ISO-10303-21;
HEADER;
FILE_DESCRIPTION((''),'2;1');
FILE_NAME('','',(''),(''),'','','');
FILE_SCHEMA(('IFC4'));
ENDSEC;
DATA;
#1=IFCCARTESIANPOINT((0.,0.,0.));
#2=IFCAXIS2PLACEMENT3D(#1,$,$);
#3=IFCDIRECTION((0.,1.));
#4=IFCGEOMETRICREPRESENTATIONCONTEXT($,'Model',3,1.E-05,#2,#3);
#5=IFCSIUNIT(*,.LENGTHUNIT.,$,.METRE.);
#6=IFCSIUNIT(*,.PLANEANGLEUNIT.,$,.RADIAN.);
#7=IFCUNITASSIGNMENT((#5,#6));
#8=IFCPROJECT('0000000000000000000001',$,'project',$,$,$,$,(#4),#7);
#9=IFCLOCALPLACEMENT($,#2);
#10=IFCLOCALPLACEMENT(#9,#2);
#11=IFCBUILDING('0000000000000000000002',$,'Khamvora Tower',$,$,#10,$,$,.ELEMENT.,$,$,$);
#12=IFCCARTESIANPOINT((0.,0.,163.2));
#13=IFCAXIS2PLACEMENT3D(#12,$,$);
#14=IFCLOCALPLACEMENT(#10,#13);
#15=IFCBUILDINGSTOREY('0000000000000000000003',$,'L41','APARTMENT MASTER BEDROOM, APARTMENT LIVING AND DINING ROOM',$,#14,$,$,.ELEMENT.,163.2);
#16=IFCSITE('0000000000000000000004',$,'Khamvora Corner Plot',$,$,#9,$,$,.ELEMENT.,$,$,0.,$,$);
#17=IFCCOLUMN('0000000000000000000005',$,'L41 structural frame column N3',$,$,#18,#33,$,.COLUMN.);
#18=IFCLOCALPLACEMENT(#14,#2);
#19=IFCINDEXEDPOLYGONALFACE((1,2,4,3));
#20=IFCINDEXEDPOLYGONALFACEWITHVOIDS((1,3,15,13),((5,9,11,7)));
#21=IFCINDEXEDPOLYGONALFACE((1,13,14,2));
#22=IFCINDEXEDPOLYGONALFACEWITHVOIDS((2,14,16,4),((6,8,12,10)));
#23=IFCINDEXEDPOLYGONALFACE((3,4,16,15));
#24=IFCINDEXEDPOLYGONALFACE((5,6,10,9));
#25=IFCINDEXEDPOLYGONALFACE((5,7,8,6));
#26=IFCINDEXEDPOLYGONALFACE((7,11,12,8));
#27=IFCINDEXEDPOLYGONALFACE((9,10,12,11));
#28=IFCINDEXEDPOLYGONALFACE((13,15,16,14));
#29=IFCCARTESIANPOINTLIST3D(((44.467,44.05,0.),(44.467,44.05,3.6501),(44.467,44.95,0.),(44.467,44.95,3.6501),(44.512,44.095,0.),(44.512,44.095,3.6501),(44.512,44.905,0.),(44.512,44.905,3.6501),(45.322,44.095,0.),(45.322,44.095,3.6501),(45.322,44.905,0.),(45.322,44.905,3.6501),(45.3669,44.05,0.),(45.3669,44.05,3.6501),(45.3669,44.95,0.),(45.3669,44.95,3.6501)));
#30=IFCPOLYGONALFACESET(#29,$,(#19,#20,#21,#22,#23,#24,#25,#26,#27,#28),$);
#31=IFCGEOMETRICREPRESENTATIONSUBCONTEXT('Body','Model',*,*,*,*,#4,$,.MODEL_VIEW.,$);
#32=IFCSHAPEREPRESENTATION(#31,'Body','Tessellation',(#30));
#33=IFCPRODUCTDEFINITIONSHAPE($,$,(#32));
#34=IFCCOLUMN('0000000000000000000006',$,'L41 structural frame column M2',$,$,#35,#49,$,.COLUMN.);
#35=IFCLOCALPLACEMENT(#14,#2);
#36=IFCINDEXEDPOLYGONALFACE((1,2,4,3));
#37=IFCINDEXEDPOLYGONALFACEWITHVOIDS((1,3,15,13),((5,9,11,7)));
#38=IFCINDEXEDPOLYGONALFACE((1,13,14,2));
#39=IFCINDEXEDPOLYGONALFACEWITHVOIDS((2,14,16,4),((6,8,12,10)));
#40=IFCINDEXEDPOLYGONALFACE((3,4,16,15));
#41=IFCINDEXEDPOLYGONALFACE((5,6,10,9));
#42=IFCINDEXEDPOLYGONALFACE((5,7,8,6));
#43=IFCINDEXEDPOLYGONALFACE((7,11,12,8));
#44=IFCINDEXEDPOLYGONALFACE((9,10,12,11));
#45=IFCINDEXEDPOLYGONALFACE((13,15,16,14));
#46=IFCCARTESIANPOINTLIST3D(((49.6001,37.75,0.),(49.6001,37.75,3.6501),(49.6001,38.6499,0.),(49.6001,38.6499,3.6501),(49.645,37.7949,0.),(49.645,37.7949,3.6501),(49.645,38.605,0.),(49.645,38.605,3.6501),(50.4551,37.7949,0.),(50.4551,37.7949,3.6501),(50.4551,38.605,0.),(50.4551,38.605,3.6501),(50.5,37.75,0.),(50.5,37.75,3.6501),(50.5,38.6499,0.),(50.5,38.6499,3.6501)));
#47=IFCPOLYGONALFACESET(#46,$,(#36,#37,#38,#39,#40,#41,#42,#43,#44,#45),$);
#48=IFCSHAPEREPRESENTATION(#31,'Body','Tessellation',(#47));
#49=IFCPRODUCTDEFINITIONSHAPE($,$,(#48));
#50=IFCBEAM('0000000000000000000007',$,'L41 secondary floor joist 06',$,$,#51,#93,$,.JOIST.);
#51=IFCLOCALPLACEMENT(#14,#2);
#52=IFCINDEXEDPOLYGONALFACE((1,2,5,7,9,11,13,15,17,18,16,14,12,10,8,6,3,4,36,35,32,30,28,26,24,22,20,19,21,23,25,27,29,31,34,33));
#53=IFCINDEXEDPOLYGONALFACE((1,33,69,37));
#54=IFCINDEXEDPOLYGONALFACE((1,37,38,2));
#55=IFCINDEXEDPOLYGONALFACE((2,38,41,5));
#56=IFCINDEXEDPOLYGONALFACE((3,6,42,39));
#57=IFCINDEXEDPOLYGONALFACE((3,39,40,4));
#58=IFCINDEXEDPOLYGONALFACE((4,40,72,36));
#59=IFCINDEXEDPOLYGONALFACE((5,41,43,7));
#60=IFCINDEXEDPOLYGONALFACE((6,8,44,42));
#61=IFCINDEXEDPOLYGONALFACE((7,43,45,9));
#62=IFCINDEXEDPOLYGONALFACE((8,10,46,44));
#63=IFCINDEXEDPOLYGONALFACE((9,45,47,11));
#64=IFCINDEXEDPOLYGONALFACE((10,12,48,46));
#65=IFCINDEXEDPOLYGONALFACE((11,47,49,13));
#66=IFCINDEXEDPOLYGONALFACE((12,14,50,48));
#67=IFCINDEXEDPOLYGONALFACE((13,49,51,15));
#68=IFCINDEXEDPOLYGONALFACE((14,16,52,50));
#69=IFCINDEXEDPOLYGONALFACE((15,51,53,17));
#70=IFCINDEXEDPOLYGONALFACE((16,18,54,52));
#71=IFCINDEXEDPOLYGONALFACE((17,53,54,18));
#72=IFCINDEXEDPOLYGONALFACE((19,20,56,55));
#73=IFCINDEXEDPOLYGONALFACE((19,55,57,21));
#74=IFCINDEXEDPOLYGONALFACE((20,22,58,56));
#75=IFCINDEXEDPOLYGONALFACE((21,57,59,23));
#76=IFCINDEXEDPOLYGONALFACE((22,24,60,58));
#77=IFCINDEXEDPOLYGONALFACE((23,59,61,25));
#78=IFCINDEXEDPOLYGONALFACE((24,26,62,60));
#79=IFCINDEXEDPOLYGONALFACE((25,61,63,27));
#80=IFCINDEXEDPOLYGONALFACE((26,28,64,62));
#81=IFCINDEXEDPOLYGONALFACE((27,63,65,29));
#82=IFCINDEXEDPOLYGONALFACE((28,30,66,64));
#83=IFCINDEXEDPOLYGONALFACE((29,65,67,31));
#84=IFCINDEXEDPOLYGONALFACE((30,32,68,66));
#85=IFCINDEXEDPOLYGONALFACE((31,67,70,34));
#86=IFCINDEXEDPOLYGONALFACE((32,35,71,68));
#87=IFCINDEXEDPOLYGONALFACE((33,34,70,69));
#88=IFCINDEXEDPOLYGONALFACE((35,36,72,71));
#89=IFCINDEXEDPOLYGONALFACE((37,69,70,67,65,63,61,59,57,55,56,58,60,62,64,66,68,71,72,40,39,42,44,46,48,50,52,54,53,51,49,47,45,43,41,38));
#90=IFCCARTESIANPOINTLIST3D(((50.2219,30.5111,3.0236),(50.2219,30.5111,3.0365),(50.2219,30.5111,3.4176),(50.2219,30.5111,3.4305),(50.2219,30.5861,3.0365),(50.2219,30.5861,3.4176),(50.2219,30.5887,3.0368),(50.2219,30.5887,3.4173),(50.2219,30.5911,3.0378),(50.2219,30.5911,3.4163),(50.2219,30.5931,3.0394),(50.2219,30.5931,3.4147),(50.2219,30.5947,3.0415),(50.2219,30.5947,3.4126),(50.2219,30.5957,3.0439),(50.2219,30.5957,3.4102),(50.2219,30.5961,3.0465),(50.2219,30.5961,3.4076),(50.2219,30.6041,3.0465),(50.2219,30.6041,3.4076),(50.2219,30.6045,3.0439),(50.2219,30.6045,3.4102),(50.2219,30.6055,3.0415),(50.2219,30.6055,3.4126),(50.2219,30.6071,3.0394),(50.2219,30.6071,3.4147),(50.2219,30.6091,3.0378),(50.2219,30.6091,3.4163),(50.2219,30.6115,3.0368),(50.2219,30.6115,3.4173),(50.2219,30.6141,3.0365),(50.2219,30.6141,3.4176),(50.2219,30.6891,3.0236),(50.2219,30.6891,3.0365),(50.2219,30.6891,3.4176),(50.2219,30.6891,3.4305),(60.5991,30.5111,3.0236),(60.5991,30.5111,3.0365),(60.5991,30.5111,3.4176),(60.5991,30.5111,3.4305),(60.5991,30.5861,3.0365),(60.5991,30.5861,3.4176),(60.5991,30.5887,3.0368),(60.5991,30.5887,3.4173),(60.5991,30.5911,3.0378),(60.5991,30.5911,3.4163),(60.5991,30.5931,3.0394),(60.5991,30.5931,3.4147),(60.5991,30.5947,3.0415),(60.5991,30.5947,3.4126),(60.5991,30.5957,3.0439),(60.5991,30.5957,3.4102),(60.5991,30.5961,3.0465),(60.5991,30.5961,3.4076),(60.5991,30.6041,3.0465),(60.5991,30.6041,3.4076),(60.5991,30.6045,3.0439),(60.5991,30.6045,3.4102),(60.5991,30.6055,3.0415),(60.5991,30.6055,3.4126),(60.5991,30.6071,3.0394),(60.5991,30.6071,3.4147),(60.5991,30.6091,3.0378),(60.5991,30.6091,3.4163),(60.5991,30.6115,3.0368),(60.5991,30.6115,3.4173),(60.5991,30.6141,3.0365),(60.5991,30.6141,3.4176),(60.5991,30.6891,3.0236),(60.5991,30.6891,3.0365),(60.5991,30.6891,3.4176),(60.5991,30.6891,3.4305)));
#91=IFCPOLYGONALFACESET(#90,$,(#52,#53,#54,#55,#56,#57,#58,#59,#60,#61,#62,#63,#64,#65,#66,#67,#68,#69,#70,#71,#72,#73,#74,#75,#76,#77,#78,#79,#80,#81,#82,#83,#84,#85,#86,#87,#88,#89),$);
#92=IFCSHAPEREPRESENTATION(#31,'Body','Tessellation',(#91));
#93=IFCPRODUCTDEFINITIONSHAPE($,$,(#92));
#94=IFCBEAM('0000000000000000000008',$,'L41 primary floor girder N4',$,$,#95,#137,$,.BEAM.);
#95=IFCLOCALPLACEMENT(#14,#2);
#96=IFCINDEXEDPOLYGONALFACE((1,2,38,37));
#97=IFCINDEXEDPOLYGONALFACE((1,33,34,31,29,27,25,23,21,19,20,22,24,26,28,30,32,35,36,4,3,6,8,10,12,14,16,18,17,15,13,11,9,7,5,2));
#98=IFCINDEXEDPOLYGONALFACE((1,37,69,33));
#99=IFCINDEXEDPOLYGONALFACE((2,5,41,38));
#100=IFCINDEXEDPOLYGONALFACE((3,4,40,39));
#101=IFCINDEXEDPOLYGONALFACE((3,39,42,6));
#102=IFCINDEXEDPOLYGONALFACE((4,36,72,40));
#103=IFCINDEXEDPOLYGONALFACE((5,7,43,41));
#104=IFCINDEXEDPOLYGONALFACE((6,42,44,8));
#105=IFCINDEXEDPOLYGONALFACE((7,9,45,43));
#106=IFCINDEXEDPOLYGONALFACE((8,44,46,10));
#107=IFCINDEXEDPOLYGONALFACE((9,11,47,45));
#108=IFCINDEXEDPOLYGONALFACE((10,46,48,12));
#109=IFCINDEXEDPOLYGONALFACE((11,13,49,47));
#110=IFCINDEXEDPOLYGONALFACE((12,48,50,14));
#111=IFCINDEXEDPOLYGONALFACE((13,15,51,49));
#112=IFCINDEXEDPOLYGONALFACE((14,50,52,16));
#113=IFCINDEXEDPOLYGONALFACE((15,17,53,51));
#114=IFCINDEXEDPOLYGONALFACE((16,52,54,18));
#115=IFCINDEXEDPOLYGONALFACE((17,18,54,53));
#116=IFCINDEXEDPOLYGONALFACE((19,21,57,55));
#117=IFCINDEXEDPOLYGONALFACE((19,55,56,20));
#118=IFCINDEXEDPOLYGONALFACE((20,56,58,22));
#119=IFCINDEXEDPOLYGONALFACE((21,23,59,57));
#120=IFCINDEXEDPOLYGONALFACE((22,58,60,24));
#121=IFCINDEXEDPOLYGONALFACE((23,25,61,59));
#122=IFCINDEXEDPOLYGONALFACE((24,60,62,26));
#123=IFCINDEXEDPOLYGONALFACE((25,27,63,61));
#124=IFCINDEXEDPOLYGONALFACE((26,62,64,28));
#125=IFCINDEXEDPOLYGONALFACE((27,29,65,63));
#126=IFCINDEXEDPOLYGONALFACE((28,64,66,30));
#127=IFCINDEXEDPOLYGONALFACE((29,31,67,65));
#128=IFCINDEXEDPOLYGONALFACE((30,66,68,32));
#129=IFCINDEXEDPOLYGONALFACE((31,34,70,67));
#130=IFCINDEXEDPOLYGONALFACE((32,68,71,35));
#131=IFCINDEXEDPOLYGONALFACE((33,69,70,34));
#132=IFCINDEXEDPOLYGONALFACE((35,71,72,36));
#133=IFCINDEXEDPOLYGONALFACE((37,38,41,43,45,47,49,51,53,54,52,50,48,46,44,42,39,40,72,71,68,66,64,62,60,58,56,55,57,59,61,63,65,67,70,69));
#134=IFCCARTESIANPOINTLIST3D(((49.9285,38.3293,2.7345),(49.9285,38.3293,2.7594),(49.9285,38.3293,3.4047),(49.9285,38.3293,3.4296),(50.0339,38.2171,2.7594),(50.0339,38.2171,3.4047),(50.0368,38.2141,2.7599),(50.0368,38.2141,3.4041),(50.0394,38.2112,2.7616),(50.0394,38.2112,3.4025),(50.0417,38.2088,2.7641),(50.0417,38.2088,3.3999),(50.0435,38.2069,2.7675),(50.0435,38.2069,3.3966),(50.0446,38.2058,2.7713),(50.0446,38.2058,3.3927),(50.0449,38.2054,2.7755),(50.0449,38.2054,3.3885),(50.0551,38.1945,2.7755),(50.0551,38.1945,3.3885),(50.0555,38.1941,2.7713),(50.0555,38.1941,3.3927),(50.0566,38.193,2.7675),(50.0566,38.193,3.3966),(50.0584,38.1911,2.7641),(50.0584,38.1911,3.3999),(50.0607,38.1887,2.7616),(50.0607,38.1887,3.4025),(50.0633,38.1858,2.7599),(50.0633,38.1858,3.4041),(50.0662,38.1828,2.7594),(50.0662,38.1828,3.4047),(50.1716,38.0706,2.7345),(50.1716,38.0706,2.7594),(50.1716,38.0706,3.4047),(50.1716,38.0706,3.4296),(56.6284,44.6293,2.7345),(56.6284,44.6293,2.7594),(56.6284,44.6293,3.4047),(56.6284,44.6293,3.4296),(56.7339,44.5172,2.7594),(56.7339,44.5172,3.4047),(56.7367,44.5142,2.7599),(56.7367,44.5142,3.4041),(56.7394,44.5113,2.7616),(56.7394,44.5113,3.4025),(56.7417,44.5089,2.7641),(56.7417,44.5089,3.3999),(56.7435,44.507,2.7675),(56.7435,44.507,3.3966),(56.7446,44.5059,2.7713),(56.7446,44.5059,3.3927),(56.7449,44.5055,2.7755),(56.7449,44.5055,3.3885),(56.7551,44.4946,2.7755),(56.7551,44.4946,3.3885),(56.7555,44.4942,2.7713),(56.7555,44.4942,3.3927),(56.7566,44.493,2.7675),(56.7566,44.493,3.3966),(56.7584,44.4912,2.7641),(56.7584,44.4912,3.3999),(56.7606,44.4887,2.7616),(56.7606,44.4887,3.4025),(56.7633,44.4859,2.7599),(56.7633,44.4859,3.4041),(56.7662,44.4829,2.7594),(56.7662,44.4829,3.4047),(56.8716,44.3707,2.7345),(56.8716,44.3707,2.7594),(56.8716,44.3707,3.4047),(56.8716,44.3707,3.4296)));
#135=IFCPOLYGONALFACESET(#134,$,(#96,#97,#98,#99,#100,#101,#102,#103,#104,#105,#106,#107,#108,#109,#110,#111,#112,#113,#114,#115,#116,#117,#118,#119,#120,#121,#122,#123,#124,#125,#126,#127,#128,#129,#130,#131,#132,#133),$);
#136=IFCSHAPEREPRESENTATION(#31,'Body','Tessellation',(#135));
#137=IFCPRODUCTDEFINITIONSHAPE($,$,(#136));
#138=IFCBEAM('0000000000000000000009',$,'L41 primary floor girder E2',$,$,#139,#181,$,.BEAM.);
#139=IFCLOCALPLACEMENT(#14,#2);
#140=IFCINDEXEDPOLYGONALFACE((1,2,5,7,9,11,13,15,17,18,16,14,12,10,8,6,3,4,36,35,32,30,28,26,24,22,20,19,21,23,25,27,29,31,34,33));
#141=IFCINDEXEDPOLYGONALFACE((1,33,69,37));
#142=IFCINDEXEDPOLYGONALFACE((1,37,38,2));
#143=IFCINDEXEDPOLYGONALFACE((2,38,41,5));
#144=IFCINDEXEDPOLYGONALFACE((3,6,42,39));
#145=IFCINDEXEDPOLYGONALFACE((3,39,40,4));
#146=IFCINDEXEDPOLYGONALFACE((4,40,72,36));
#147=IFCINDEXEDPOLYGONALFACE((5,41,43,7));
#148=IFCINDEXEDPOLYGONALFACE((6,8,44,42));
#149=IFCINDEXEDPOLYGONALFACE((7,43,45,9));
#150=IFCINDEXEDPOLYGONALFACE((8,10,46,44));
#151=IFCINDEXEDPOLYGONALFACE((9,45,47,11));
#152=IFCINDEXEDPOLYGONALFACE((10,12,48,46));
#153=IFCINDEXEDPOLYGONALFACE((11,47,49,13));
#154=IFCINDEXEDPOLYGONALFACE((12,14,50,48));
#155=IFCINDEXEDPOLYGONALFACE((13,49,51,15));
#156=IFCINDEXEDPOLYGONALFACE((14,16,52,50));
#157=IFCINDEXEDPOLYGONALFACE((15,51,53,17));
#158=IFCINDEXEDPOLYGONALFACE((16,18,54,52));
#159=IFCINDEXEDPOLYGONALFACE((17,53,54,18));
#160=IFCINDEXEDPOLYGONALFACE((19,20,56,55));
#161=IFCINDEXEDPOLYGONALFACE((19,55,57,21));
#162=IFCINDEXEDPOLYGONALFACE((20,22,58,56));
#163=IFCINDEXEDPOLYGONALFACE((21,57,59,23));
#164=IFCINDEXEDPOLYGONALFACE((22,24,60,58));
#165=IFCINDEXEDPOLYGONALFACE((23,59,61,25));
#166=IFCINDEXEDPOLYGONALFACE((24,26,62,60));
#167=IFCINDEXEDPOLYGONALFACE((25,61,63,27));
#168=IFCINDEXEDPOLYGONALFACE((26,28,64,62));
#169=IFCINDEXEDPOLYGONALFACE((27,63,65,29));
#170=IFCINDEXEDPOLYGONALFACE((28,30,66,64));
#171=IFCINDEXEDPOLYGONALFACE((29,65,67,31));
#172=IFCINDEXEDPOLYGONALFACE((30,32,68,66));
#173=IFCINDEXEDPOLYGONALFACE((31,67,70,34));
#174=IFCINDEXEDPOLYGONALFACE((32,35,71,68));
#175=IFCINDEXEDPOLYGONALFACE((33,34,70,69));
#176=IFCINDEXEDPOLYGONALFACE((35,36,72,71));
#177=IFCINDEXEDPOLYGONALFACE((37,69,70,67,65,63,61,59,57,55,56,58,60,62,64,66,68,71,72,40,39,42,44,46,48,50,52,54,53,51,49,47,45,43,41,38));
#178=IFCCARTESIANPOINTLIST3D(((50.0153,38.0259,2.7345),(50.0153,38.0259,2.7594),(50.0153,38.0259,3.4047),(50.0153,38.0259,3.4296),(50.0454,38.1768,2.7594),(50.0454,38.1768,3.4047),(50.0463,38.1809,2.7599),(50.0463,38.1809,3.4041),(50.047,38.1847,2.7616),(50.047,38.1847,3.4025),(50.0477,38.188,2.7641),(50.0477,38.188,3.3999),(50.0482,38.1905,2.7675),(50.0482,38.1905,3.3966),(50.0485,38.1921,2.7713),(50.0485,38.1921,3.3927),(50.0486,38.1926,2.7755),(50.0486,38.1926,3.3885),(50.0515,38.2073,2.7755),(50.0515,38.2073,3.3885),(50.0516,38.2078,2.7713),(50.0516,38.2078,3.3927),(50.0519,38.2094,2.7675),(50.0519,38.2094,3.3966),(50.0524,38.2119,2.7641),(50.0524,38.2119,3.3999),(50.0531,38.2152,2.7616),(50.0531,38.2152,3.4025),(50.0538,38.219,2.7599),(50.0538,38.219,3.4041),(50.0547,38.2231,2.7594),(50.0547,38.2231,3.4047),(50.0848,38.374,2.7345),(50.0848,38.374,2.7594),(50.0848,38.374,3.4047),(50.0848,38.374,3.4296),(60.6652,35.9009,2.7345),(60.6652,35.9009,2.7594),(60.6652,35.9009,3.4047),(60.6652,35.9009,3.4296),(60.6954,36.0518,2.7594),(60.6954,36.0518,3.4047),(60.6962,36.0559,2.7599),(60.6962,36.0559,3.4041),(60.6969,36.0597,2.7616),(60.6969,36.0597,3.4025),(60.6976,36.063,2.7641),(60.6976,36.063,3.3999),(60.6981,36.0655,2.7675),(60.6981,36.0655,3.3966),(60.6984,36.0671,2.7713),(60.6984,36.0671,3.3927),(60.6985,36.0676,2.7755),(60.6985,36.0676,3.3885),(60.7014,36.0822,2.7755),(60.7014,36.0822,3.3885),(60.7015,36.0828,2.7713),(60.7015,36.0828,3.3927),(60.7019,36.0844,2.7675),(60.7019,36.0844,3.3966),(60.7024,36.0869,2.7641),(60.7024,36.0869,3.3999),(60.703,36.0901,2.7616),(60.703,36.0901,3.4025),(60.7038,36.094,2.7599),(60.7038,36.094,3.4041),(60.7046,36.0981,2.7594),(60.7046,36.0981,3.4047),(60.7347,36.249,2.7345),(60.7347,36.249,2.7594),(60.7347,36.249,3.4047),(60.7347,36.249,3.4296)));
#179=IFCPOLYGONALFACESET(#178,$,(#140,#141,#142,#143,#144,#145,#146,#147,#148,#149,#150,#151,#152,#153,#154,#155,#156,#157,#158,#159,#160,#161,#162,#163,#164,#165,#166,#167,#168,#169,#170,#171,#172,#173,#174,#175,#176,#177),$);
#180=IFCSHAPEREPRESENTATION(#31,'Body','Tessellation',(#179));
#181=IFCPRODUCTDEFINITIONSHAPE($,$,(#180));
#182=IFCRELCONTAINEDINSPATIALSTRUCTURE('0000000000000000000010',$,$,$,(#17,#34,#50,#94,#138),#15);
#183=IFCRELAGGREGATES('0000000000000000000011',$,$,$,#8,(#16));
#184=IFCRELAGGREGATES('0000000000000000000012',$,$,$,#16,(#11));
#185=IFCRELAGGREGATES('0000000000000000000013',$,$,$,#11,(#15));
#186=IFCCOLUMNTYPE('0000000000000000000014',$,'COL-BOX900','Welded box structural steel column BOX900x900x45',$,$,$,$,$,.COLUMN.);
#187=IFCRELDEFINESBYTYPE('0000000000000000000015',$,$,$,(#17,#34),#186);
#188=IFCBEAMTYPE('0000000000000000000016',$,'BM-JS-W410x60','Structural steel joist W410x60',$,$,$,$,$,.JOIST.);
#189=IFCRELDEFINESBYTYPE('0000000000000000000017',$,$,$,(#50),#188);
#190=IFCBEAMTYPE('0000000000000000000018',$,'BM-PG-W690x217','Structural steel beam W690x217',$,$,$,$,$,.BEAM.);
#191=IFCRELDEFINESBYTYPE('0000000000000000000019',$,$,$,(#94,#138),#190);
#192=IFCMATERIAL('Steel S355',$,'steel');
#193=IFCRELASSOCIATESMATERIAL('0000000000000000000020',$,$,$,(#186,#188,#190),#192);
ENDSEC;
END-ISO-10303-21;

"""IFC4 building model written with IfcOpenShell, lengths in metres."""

from ifc_helpers import new_model, si_unit, direction, frame, origin, origin_2d, place, context, subcontext, project, spatial, hollow_rectangle, i_section, extrude, material, material_profile, profile_set, type_object, element, save


model = new_model("IFC4")

# Units and contexts
model_context = context("Model", 3, precision=1e-05, world=origin(), true_north=direction((0.0, 1.0)))
body_context = subcontext(model_context, "Body", "Model", "MODEL_VIEW")
ifc_project = project(units=[si_unit("LENGTHUNIT", "METRE"), si_unit("PLANEANGLEUNIT", "RADIAN")], contexts=[model_context])

# Site, building, storey
site_placement = place(None, origin())
site = spatial("IfcSite", under=ifc_project, at=site_placement, Name="Khamvora Corner Plot", CompositionType="ELEMENT", RefElevation=0.0)
building_placement = place(site_placement, origin())
building = spatial("IfcBuilding", under=site, at=building_placement, Name="Khamvora Tower", CompositionType="ELEMENT")
storey_placement = place(building_placement, frame((0.0, 0.0, 163.2)))
storey = spatial("IfcBuildingStorey", under=building, at=storey_placement, Name="L41", Description="APARTMENT MASTER BEDROOM, APARTMENT LIVING AND DINING ROOM", CompositionType="ELEMENT", Elevation=163.2)

# Columns
ifc_material_1 = material(Name="Steel S355", Category="steel")
ifc_material_profile_1 = material_profile(ifc_material_1, hollow_rectangle(XDim=0.8999, YDim=0.8999, WallThickness=0.0449, at=origin_2d()), Name="BOX900x900x45")
ifc_profile_set_1 = profile_set([ifc_material_profile_1], Name="Steel S355")
column_type = type_object("IfcColumnType", Name="COL-BOX900", Description="Welded box structural steel column BOX900x900x45", PredefinedType="COLUMN", material=ifc_profile_set_1)
for number, where, z_axis, x_axis, name in (
    (1, (44.917, 44.5, 0.0), (0.0, 0.0, 1.0), (1.0, 0.0, 0.0), "L41 structural frame column N3"),
    (2, (50.05, 38.2, 0.0), (0.0, 0.0, 1.0), (1.0, 0.0, 0.0), "L41 structural frame column M2"),
):
    element("IfcColumn", number, at=place(storey_placement, frame(where, z_axis=z_axis, x_axis=x_axis)), inside=storey, type_object=column_type, Name=name, PredefinedType="COLUMN", context=body_context, shape_type="SweptSolid", body=[
        extrude(hollow_rectangle(XDim=0.8999, YDim=0.8999, WallThickness=0.0449, at=origin_2d()), origin(), (0.0, 0.0, 1.0), 3.6501),
    ])

# Beams
ifc_material_profile_2 = material_profile(ifc_material_1, i_section(OverallWidth=0.178, OverallDepth=0.407, WebThickness=0.0081, FlangeThickness=0.0129, FilletRadius=0.01, at=origin_2d()), Name="W410x60")
ifc_profile_set_2 = profile_set([ifc_material_profile_2], Name="Steel S355")
beam_type_1 = type_object("IfcBeamType", Name="BM-JS-W410x60", Description="Structural steel joist W410x60", PredefinedType="JOIST", material=ifc_profile_set_2)
beam_1_placement = place(storey_placement, frame((50.2219, 30.6001, 3.2271), z_axis=(1.0, 0.0, 0.0), x_axis=(0.0, 1.0, 0.0)))
element("IfcBeam", 3, at=beam_1_placement, inside=storey, type_object=beam_type_1, Name="L41 secondary floor joist 06", PredefinedType="JOIST", context=body_context, shape_type="SweptSolid", body=[
    extrude(i_section(OverallWidth=0.178, OverallDepth=0.407, WebThickness=0.0081, FlangeThickness=0.0129, FilletRadius=0.01, at=origin_2d()), origin(), (0.0, 0.0, 1.0), 10.3772),
])
ifc_material_profile_3 = material_profile(ifc_material_1, i_section(OverallWidth=0.355, OverallDepth=0.6951, WebThickness=0.0149, FlangeThickness=0.0249, FilletRadius=0.0161, at=origin_2d()), Name="W690x217")
ifc_profile_set_3 = profile_set([ifc_material_profile_3], Name="Steel S355")
beam_type_2 = type_object("IfcBeamType", Name="BM-PG-W690x217", Description="Structural steel beam W690x217", PredefinedType="BEAM", material=ifc_profile_set_3)
beam_2_placement = place(storey_placement, frame((50.05, 38.2, 3.082), z_axis=(0.728514, 0.685031, 0.0), x_axis=(-0.685031, 0.728514, 0.0)))
element("IfcBeam", 4, at=beam_2_placement, inside=storey, type_object=beam_type_2, Name="L41 primary floor girder N4", PredefinedType="BEAM", context=body_context, shape_type="SweptSolid", body=[
    extrude(i_section(OverallWidth=0.355, OverallDepth=0.6951, WebThickness=0.0149, FlangeThickness=0.0249, FilletRadius=0.0161, at=origin_2d()), origin(), (0.0, 0.0, 1.0), 9.1968),
])
beam_3_placement = place(storey_placement, frame((50.05, 38.2, 3.082), z_axis=(0.980669, -0.195675, 0.0), x_axis=(0.195675, 0.980669, 0.0)))
element("IfcBeam", 5, at=beam_3_placement, inside=storey, type_object=beam_type_2, Name="L41 primary floor girder E2", PredefinedType="BEAM", context=body_context, shape_type="SweptSolid", body=[
    extrude(i_section(OverallWidth=0.355, OverallDepth=0.6951, WebThickness=0.0149, FlangeThickness=0.0249, FilletRadius=0.0161, at=origin_2d()), origin(), (0.0, 0.0, 1.0), 10.8599),
])

save(model, "model.ifc")
